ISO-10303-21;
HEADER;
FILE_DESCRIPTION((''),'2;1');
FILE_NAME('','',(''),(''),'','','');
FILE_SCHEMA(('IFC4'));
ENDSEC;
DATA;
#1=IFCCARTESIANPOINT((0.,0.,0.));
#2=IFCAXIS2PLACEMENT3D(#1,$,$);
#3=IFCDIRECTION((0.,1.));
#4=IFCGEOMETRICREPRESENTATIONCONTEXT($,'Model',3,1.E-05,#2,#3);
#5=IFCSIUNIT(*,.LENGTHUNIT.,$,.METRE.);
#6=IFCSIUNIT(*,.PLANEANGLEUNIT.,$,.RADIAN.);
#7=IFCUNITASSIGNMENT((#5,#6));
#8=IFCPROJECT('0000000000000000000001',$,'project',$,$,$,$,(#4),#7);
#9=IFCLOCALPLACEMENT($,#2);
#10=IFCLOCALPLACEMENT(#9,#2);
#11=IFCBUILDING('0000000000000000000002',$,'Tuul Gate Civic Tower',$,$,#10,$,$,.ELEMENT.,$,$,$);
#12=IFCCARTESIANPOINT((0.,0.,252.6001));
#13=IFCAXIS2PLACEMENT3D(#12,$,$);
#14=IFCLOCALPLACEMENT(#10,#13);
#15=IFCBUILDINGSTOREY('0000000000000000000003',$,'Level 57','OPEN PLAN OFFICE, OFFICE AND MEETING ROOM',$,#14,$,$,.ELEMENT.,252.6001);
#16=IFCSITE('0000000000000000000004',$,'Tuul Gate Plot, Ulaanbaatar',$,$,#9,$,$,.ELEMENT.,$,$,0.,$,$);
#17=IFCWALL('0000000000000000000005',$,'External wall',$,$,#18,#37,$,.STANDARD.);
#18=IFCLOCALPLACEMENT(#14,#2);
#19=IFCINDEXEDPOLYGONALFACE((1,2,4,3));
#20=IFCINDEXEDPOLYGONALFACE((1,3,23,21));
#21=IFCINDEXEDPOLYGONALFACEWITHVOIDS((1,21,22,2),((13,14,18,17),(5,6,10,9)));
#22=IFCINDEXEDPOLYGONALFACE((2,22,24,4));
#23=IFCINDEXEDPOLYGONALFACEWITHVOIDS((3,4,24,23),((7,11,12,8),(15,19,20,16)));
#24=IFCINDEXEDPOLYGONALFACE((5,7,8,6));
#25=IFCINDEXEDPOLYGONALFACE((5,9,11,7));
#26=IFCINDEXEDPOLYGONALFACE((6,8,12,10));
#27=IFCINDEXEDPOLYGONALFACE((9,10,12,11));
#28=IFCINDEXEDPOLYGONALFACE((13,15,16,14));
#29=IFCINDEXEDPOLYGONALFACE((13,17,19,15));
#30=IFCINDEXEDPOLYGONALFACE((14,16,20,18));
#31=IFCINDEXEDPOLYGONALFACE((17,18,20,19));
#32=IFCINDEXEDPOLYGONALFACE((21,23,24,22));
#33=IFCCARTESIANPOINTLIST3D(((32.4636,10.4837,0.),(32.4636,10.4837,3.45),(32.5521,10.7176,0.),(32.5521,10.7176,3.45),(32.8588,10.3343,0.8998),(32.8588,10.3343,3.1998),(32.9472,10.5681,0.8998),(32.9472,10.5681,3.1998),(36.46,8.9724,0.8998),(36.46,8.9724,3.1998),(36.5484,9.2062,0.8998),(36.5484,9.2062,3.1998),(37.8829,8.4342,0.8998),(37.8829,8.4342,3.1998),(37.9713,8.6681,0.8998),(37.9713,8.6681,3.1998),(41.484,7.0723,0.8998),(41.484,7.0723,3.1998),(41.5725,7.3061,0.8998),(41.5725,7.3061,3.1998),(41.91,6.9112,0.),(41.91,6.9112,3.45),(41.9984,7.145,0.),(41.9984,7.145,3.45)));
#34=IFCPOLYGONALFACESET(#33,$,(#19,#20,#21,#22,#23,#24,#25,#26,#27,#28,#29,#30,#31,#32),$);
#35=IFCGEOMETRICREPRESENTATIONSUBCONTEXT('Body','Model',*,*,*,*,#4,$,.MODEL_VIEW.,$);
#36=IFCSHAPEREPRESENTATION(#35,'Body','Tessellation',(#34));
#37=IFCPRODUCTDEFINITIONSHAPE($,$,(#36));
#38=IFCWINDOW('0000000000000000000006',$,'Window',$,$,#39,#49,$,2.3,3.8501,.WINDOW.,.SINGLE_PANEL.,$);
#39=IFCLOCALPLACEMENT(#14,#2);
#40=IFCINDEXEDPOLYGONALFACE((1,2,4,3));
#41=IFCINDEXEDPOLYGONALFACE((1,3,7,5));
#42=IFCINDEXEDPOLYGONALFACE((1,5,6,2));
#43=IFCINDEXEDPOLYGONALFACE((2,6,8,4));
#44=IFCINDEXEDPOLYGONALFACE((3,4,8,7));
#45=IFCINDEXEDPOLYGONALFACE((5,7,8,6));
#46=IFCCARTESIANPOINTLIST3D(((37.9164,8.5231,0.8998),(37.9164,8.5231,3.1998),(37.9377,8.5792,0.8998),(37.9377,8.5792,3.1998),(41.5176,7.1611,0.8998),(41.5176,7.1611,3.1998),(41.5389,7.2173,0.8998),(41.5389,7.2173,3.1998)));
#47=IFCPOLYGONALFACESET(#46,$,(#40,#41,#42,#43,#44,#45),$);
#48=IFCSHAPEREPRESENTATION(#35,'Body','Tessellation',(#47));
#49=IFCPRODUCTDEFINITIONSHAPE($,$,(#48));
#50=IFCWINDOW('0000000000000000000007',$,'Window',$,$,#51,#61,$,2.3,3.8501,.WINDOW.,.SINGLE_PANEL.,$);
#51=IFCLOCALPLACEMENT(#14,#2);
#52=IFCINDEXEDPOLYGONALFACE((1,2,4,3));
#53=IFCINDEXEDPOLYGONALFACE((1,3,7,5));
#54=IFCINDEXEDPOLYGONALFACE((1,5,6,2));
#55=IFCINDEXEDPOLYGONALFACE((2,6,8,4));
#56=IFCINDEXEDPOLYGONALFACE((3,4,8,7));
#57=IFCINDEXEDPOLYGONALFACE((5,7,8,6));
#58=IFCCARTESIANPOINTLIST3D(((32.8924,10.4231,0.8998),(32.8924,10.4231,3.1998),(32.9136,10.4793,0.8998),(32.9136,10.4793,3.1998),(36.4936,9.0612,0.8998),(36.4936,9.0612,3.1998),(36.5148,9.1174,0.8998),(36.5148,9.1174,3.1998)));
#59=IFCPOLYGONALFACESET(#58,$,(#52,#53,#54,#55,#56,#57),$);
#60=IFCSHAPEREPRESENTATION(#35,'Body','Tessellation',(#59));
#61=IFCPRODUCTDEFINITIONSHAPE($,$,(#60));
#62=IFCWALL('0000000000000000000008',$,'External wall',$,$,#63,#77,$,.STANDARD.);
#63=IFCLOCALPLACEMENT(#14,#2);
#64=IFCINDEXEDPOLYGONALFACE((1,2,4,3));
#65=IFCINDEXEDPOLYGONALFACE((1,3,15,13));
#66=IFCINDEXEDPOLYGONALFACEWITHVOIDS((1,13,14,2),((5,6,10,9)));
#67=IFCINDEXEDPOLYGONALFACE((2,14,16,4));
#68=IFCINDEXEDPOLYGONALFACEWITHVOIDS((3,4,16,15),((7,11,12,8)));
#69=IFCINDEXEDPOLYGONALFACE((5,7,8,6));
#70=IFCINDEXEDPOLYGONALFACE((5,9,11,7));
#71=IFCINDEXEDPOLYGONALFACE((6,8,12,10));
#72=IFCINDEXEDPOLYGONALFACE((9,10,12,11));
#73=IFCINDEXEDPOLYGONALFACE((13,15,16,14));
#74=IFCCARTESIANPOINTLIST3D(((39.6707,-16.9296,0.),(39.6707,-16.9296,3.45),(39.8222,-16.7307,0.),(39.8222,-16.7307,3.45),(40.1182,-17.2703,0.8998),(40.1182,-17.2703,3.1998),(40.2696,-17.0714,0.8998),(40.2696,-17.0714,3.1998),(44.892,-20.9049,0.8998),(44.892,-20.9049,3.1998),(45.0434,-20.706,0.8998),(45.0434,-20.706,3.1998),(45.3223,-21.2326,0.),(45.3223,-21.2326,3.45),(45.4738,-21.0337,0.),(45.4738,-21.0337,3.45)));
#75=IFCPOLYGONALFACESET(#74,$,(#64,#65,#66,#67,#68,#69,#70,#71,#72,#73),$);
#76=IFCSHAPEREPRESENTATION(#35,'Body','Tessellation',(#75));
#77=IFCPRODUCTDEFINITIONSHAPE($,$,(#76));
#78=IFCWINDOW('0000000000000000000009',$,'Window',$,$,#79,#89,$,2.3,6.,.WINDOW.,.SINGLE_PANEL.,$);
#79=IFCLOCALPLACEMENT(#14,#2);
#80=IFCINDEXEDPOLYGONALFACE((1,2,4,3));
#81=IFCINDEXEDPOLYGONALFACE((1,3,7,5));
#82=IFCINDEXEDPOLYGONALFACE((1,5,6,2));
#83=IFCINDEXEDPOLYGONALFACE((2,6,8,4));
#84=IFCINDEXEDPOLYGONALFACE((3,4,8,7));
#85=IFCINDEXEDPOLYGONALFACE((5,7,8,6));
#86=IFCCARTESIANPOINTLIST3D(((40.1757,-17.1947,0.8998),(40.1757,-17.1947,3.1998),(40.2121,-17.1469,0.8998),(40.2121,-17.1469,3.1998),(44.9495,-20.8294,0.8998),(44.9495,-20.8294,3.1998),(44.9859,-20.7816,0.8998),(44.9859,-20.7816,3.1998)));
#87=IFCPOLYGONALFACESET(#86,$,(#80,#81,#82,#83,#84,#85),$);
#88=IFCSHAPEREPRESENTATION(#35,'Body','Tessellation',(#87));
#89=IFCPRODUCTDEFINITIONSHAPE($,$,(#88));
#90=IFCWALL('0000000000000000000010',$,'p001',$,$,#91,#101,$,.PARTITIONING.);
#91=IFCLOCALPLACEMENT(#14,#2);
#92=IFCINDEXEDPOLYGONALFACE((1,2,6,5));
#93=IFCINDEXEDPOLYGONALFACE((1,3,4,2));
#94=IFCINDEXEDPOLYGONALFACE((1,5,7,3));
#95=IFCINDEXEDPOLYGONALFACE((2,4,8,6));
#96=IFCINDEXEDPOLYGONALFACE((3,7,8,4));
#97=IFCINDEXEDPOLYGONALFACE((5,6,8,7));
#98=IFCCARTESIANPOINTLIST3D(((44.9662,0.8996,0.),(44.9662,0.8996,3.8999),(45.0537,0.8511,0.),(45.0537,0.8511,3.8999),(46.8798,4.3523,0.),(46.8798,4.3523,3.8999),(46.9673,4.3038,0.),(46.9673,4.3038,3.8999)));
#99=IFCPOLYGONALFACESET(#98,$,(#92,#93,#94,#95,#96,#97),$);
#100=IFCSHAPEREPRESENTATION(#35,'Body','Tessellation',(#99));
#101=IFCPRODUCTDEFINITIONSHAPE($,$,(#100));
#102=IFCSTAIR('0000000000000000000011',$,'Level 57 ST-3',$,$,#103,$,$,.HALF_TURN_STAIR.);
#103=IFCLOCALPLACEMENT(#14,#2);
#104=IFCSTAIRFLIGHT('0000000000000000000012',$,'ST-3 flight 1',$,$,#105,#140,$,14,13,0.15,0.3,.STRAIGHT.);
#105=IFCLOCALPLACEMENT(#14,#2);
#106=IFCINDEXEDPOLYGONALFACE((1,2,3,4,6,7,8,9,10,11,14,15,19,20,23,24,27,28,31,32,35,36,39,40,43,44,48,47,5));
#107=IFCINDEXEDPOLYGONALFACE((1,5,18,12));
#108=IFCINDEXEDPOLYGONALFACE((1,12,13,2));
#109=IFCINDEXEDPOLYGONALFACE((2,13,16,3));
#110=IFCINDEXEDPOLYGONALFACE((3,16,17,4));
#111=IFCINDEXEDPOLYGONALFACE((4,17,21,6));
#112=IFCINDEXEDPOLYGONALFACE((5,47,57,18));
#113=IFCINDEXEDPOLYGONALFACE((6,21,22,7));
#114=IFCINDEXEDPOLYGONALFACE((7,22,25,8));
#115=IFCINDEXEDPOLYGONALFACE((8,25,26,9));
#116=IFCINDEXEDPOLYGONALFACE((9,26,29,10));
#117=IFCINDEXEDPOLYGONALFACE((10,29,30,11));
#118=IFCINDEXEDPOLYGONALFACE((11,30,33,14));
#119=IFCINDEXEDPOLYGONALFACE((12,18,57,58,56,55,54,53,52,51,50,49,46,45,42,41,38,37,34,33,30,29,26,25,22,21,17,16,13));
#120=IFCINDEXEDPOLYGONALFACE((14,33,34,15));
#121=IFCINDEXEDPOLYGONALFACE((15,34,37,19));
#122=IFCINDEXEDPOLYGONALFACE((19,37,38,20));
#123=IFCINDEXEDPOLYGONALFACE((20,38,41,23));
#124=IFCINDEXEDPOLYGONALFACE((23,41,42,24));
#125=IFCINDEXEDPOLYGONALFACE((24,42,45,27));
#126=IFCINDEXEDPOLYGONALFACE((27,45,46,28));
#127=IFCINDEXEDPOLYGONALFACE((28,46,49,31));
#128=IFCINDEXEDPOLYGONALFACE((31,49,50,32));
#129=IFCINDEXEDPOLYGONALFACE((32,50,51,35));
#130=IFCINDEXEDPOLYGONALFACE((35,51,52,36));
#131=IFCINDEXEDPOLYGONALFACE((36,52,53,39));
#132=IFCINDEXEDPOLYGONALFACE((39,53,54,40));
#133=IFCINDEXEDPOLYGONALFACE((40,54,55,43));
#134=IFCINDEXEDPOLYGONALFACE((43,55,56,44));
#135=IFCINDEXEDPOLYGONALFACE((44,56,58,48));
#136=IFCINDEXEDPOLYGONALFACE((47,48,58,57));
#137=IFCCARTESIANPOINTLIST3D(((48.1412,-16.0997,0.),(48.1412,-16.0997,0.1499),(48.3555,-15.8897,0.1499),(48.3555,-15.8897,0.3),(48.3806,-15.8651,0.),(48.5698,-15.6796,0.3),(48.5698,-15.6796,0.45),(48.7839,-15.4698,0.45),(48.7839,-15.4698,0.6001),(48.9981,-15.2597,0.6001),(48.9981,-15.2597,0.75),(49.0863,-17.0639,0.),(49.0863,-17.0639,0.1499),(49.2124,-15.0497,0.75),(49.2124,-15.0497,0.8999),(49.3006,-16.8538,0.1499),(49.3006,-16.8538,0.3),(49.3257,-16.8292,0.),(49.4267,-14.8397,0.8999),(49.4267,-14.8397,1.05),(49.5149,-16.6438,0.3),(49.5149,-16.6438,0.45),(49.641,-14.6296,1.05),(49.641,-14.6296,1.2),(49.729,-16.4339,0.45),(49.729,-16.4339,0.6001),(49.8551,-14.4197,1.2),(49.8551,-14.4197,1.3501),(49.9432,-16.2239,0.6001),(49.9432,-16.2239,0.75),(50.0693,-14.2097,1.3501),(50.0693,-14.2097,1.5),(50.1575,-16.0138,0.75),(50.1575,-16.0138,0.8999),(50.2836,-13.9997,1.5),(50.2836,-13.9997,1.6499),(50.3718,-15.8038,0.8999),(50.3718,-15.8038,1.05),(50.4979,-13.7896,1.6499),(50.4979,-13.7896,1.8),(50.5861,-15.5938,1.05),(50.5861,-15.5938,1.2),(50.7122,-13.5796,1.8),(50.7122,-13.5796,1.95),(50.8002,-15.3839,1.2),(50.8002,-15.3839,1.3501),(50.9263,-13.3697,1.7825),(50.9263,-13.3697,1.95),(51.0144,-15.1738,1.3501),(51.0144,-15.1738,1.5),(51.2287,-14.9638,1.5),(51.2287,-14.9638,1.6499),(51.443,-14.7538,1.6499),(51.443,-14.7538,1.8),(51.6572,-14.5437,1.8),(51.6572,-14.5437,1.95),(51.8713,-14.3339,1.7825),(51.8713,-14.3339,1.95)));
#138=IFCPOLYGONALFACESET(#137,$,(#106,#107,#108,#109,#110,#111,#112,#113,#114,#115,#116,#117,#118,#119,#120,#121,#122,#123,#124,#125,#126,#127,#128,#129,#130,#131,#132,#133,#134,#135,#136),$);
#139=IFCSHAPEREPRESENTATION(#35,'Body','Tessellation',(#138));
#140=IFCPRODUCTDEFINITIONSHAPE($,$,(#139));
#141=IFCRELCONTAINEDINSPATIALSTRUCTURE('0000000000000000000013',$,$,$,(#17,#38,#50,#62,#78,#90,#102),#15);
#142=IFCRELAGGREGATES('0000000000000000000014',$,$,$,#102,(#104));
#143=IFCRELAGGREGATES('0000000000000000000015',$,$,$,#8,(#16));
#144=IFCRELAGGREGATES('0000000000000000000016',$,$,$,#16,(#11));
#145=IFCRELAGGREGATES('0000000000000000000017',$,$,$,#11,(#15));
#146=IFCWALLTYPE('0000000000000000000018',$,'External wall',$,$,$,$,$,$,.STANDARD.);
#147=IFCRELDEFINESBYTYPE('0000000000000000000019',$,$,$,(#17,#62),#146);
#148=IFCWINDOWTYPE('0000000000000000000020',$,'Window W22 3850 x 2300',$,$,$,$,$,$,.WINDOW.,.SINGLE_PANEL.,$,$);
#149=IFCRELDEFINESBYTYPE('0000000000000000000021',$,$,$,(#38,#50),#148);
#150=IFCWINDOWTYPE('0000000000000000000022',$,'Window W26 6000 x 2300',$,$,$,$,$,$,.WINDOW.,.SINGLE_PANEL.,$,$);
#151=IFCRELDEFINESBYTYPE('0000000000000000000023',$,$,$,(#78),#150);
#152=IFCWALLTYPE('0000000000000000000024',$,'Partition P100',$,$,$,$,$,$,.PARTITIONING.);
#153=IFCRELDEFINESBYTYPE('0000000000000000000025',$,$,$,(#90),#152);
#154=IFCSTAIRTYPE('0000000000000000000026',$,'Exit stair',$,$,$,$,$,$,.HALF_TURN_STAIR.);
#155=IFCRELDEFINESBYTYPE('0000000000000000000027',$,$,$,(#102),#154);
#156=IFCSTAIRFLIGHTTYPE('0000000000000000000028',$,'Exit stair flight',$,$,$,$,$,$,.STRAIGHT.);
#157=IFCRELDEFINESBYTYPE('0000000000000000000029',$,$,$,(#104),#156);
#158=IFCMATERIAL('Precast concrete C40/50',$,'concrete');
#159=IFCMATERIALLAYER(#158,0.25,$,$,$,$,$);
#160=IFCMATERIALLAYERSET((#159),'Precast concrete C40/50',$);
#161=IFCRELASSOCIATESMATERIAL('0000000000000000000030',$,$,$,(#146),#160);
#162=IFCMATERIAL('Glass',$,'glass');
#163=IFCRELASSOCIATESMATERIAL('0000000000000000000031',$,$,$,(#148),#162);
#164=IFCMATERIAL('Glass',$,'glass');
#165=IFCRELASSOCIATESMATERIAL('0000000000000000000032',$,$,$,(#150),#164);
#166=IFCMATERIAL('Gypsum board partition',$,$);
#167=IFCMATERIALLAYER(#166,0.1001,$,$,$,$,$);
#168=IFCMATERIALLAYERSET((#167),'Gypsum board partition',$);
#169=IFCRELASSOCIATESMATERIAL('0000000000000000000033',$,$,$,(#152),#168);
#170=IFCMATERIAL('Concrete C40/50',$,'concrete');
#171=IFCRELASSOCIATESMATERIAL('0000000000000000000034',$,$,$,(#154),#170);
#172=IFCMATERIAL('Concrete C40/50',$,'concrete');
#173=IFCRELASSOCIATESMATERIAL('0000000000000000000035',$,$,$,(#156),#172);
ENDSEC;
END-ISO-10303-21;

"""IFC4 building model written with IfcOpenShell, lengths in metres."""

from ifc_helpers import new_model, si_unit, direction, frame, frame_2d, origin, place, context, subcontext, project, spatial, polyline, rectangle, outline, extrude, material, layer, layer_set, type_object, element, fill, aggregate, save


model = new_model("IFC4")

# Units and contexts
model_context = context("Model", 3, precision=1e-05, world=origin(), true_north=direction((0.0, 1.0)))
body_context = subcontext(model_context, "Body", "Model", "MODEL_VIEW")
ifc_project = project(units=[si_unit("LENGTHUNIT", "METRE"), si_unit("PLANEANGLEUNIT", "RADIAN")], contexts=[model_context])

# Site, building, storey
site_placement = place(None, origin())
site = spatial("IfcSite", under=ifc_project, at=site_placement, Name="Tuul Gate Plot, Ulaanbaatar", CompositionType="ELEMENT", RefElevation=0.0)
building_placement = place(site_placement, origin())
building = spatial("IfcBuilding", under=site, at=building_placement, Name="Tuul Gate Civic Tower", CompositionType="ELEMENT")
storey_placement = place(building_placement, frame((0.0, 0.0, 252.6001)))
storey = spatial("IfcBuildingStorey", under=building, at=storey_placement, Name="Level 57", Description="OPEN PLAN OFFICE, OFFICE AND MEETING ROOM", CompositionType="ELEMENT", Elevation=252.6001)

# Wall, openings, windows
ifc_material_1 = material(Name="Precast concrete C40/50", Category="concrete")
ifc_layer_1 = layer(ifc_material_1, 0.25)
ifc_layer_set_1 = layer_set([ifc_layer_1], Name="Precast concrete C40/50")
wall_type_1 = type_object("IfcWallType", Name="External wall", PredefinedType="STANDARD", material=ifc_layer_set_1)
wall_1_placement = place(storey_placement, frame((41.9543, 7.0281, 0.0), z_axis=(0.0, 0.0, 1.0), x_axis=(-0.935344, 0.353739, 0.0)))
wall_1 = element("IfcWall", 1, at=wall_1_placement, inside=storey, type_object=wall_type_1, Name="External wall", PredefinedType="STANDARD", context=body_context, shape_type="SweptSolid", body=[
    extrude(rectangle(XDim=10.0994, YDim=0.25, at=frame_2d((5.0498, 0.0))), origin(), (0.0, 0.0, 1.0), 3.45),
])
opening_1_placement = place(wall_1_placement, frame((0.4556, 0.0, 0.8999)))
opening_1 = element("IfcOpeningElement", 2, at=opening_1_placement, cuts=wall_1, PredefinedType="OPENING", context=body_context, shape_type="SweptSolid", body=[
    extrude(rectangle(XDim=3.8501, YDim=2.3, at=frame_2d((1.925, 1.1499))), frame((0.0, 0.135, 0.0), z_axis=(0.0, -1.0, 0.0), x_axis=(1.0, 0.0, 0.0)), (0.0, 0.0, 1.0), 0.27),
])
opening_2_placement = place(wall_1_placement, frame((5.8269, 0.0, 0.8999)))
opening_2 = element("IfcOpeningElement", 3, at=opening_2_placement, cuts=wall_1, PredefinedType="OPENING", context=body_context, shape_type="SweptSolid", body=[
    extrude(rectangle(XDim=3.8501, YDim=2.3, at=frame_2d((1.925, 1.1499))), frame((0.0, 0.135, 0.0), z_axis=(0.0, -1.0, 0.0), x_axis=(1.0, 0.0, 0.0)), (0.0, 0.0, 1.0), 0.27),
])
ifc_material_2 = material(Name="Glass", Category="glass")
window_type_1 = type_object("IfcWindowType", Name="Window W22 3850 x 2300", PartitioningType="SINGLE_PANEL", PredefinedType="WINDOW", material=ifc_material_2)
window_1_placement = place(opening_1_placement, origin())
window_1 = element("IfcWindow", 4, at=window_1_placement, inside=storey, type_object=window_type_1, Name="Window", OverallHeight=2.3, OverallWidth=3.8501, PartitioningType="SINGLE_PANEL", PredefinedType="WINDOW", context=body_context, shape_type="SweptSolid", body=[
    extrude(rectangle(XDim=3.8501, YDim=2.3, at=frame_2d((1.925, 1.1499))), frame((0.0, 0.03, 0.0), z_axis=(0.0, -1.0, 0.0), x_axis=(1.0, 0.0, 0.0)), (0.0, 0.0, 1.0), 0.0601),
])
fill(opening_1, window_1)
window_2_placement = place(opening_2_placement, origin())
window_2 = element("IfcWindow", 5, at=window_2_placement, inside=storey, type_object=window_type_1, Name="Window", OverallHeight=2.3, OverallWidth=3.8501, PartitioningType="SINGLE_PANEL", PredefinedType="WINDOW", context=body_context, shape_type="SweptSolid", body=[
    extrude(rectangle(XDim=3.8501, YDim=2.3, at=frame_2d((1.925, 1.1499))), frame((0.0, 0.03, 0.0), z_axis=(0.0, -1.0, 0.0), x_axis=(1.0, 0.0, 0.0)), (0.0, 0.0, 1.0), 0.0601),
])
fill(opening_2, window_2)

# Wall, opening, window
wall_2_placement = place(storey_placement, frame((39.7463, -16.8301, 0.0), z_axis=(0.0, 0.0, 1.0), x_axis=(0.795636, -0.605775, 0.0)))
wall_2 = element("IfcWall", 6, at=wall_2_placement, inside=storey, type_object=wall_type_1, Name="External wall", PredefinedType="STANDARD", context=body_context, shape_type="SweptSolid", body=[
    extrude(rectangle(XDim=7.1033, YDim=0.25, at=frame_2d((3.5518, 0.0))), origin(), (0.0, 0.0, 1.0), 3.45),
])
opening_3_placement = place(wall_2_placement, frame((0.5625, 0.0, 0.8999)))
opening_3 = element("IfcOpeningElement", 7, at=opening_3_placement, cuts=wall_2, PredefinedType="OPENING", context=body_context, shape_type="SweptSolid", body=[
    extrude(rectangle(XDim=6.0, YDim=2.3, at=frame_2d((3.0, 1.1499))), frame((0.0, 0.135, 0.0), z_axis=(0.0, -1.0, 0.0), x_axis=(1.0, 0.0, 0.0)), (0.0, 0.0, 1.0), 0.27),
])
ifc_material_3 = material(Name="Glass", Category="glass")
window_type_2 = type_object("IfcWindowType", Name="Window W26 6000 x 2300", PartitioningType="SINGLE_PANEL", PredefinedType="WINDOW", material=ifc_material_3)
window_3_placement = place(opening_3_placement, origin())
window_3 = element("IfcWindow", 8, at=window_3_placement, inside=storey, type_object=window_type_2, Name="Window", OverallHeight=2.3, OverallWidth=6.0, PartitioningType="SINGLE_PANEL", PredefinedType="WINDOW", context=body_context, shape_type="SweptSolid", body=[
    extrude(rectangle(XDim=6.0, YDim=2.3, at=frame_2d((3.0, 1.1499))), frame((0.0, 0.03, 0.0), z_axis=(0.0, -1.0, 0.0), x_axis=(1.0, 0.0, 0.0)), (0.0, 0.0, 1.0), 0.0601),
])
fill(opening_3, window_3)

# Wall
ifc_material_4 = material(Name="Gypsum board partition")
ifc_layer_2 = layer(ifc_material_4, 0.1001)
ifc_layer_set_2 = layer_set([ifc_layer_2], Name="Gypsum board partition")
wall_type_2 = type_object("IfcWallType", Name="Partition P100", PredefinedType="PARTITIONING", material=ifc_layer_set_2)
wall_3_placement = place(storey_placement, frame((45.01, 0.8755, 0.0), z_axis=(0.0, 0.0, 1.0), x_axis=(0.48476, 0.874647, 0.0)))
element("IfcWall", 9, at=wall_3_placement, inside=storey, type_object=wall_type_2, Name="p001", PredefinedType="PARTITIONING", context=body_context, shape_type="SweptSolid", body=[
    extrude(rectangle(XDim=3.9475, YDim=0.1001, at=frame_2d((1.9736, 0.0))), origin(), (0.0, 0.0, 1.0), 3.8999),
])

# Stair, stair flight
ifc_material_5 = material(Name="Concrete C40/50", Category="concrete")
stair_type = type_object("IfcStairType", Name="Exit stair", PredefinedType="HALF_TURN_STAIR", material=ifc_material_5)
stair_placement = place(storey_placement, origin())
stair = element("IfcStair", 10, at=stair_placement, inside=storey, type_object=stair_type, Name="Level 57 ST-3", PredefinedType="HALF_TURN_STAIR")
ifc_material_6 = material(Name="Concrete C40/50", Category="concrete")
stair_flight_type = type_object("IfcStairFlightType", Name="Exit stair flight", PredefinedType="STRAIGHT", material=ifc_material_6)
stair_flight_placement = place(storey_placement, frame((48.6138, -16.5818, 0.0), z_axis=(0.0, 0.0, 1.0), x_axis=(0.714127, 0.700016, 0.0)))
stair_flight = element("IfcStairFlight", 11, at=stair_flight_placement, type_object=stair_flight_type, Name="ST-3 flight 1", NumberOfRisers=14, NumberOfTreads=13, PredefinedType="STRAIGHT", RiserHeight=0.15, TreadLength=0.3, context=body_context, shape_type="SweptSolid", body=[
    extrude(outline(polyline([(0.0, 0.0), (0.0, 0.1499), (0.3, 0.1499), (0.3, 0.3), (0.6001, 0.3), (0.6001, 0.45), (0.8999, 0.45), (0.8999, 0.6001), (1.2, 0.6001), (1.2, 0.75), (1.5, 0.75), (1.5, 0.8999), (1.8, 0.8999), (1.8, 1.05), (2.1001, 1.05), (2.1001, 1.2), (2.3999, 1.2), (2.3999, 1.3501), (2.7, 1.3501), (2.7, 1.5), (3.0, 1.5), (3.0, 1.6499), (3.3, 1.6499), (3.3, 1.8), (3.6001, 1.8), (3.6001, 1.95), (3.8999, 1.95), (3.8999, 2.1001), (3.8999, 1.7825), (0.3352, 0.0), (0.0, 0.0)])), frame((0.0, 0.675, 0.0), z_axis=(0.0, -1.0, 0.0), x_axis=(1.0, 0.0, 0.0)), (0.0, 0.0, 1.0), 1.3501),
])
aggregate(stair, [stair_flight])

save(model, "model.ifc")
